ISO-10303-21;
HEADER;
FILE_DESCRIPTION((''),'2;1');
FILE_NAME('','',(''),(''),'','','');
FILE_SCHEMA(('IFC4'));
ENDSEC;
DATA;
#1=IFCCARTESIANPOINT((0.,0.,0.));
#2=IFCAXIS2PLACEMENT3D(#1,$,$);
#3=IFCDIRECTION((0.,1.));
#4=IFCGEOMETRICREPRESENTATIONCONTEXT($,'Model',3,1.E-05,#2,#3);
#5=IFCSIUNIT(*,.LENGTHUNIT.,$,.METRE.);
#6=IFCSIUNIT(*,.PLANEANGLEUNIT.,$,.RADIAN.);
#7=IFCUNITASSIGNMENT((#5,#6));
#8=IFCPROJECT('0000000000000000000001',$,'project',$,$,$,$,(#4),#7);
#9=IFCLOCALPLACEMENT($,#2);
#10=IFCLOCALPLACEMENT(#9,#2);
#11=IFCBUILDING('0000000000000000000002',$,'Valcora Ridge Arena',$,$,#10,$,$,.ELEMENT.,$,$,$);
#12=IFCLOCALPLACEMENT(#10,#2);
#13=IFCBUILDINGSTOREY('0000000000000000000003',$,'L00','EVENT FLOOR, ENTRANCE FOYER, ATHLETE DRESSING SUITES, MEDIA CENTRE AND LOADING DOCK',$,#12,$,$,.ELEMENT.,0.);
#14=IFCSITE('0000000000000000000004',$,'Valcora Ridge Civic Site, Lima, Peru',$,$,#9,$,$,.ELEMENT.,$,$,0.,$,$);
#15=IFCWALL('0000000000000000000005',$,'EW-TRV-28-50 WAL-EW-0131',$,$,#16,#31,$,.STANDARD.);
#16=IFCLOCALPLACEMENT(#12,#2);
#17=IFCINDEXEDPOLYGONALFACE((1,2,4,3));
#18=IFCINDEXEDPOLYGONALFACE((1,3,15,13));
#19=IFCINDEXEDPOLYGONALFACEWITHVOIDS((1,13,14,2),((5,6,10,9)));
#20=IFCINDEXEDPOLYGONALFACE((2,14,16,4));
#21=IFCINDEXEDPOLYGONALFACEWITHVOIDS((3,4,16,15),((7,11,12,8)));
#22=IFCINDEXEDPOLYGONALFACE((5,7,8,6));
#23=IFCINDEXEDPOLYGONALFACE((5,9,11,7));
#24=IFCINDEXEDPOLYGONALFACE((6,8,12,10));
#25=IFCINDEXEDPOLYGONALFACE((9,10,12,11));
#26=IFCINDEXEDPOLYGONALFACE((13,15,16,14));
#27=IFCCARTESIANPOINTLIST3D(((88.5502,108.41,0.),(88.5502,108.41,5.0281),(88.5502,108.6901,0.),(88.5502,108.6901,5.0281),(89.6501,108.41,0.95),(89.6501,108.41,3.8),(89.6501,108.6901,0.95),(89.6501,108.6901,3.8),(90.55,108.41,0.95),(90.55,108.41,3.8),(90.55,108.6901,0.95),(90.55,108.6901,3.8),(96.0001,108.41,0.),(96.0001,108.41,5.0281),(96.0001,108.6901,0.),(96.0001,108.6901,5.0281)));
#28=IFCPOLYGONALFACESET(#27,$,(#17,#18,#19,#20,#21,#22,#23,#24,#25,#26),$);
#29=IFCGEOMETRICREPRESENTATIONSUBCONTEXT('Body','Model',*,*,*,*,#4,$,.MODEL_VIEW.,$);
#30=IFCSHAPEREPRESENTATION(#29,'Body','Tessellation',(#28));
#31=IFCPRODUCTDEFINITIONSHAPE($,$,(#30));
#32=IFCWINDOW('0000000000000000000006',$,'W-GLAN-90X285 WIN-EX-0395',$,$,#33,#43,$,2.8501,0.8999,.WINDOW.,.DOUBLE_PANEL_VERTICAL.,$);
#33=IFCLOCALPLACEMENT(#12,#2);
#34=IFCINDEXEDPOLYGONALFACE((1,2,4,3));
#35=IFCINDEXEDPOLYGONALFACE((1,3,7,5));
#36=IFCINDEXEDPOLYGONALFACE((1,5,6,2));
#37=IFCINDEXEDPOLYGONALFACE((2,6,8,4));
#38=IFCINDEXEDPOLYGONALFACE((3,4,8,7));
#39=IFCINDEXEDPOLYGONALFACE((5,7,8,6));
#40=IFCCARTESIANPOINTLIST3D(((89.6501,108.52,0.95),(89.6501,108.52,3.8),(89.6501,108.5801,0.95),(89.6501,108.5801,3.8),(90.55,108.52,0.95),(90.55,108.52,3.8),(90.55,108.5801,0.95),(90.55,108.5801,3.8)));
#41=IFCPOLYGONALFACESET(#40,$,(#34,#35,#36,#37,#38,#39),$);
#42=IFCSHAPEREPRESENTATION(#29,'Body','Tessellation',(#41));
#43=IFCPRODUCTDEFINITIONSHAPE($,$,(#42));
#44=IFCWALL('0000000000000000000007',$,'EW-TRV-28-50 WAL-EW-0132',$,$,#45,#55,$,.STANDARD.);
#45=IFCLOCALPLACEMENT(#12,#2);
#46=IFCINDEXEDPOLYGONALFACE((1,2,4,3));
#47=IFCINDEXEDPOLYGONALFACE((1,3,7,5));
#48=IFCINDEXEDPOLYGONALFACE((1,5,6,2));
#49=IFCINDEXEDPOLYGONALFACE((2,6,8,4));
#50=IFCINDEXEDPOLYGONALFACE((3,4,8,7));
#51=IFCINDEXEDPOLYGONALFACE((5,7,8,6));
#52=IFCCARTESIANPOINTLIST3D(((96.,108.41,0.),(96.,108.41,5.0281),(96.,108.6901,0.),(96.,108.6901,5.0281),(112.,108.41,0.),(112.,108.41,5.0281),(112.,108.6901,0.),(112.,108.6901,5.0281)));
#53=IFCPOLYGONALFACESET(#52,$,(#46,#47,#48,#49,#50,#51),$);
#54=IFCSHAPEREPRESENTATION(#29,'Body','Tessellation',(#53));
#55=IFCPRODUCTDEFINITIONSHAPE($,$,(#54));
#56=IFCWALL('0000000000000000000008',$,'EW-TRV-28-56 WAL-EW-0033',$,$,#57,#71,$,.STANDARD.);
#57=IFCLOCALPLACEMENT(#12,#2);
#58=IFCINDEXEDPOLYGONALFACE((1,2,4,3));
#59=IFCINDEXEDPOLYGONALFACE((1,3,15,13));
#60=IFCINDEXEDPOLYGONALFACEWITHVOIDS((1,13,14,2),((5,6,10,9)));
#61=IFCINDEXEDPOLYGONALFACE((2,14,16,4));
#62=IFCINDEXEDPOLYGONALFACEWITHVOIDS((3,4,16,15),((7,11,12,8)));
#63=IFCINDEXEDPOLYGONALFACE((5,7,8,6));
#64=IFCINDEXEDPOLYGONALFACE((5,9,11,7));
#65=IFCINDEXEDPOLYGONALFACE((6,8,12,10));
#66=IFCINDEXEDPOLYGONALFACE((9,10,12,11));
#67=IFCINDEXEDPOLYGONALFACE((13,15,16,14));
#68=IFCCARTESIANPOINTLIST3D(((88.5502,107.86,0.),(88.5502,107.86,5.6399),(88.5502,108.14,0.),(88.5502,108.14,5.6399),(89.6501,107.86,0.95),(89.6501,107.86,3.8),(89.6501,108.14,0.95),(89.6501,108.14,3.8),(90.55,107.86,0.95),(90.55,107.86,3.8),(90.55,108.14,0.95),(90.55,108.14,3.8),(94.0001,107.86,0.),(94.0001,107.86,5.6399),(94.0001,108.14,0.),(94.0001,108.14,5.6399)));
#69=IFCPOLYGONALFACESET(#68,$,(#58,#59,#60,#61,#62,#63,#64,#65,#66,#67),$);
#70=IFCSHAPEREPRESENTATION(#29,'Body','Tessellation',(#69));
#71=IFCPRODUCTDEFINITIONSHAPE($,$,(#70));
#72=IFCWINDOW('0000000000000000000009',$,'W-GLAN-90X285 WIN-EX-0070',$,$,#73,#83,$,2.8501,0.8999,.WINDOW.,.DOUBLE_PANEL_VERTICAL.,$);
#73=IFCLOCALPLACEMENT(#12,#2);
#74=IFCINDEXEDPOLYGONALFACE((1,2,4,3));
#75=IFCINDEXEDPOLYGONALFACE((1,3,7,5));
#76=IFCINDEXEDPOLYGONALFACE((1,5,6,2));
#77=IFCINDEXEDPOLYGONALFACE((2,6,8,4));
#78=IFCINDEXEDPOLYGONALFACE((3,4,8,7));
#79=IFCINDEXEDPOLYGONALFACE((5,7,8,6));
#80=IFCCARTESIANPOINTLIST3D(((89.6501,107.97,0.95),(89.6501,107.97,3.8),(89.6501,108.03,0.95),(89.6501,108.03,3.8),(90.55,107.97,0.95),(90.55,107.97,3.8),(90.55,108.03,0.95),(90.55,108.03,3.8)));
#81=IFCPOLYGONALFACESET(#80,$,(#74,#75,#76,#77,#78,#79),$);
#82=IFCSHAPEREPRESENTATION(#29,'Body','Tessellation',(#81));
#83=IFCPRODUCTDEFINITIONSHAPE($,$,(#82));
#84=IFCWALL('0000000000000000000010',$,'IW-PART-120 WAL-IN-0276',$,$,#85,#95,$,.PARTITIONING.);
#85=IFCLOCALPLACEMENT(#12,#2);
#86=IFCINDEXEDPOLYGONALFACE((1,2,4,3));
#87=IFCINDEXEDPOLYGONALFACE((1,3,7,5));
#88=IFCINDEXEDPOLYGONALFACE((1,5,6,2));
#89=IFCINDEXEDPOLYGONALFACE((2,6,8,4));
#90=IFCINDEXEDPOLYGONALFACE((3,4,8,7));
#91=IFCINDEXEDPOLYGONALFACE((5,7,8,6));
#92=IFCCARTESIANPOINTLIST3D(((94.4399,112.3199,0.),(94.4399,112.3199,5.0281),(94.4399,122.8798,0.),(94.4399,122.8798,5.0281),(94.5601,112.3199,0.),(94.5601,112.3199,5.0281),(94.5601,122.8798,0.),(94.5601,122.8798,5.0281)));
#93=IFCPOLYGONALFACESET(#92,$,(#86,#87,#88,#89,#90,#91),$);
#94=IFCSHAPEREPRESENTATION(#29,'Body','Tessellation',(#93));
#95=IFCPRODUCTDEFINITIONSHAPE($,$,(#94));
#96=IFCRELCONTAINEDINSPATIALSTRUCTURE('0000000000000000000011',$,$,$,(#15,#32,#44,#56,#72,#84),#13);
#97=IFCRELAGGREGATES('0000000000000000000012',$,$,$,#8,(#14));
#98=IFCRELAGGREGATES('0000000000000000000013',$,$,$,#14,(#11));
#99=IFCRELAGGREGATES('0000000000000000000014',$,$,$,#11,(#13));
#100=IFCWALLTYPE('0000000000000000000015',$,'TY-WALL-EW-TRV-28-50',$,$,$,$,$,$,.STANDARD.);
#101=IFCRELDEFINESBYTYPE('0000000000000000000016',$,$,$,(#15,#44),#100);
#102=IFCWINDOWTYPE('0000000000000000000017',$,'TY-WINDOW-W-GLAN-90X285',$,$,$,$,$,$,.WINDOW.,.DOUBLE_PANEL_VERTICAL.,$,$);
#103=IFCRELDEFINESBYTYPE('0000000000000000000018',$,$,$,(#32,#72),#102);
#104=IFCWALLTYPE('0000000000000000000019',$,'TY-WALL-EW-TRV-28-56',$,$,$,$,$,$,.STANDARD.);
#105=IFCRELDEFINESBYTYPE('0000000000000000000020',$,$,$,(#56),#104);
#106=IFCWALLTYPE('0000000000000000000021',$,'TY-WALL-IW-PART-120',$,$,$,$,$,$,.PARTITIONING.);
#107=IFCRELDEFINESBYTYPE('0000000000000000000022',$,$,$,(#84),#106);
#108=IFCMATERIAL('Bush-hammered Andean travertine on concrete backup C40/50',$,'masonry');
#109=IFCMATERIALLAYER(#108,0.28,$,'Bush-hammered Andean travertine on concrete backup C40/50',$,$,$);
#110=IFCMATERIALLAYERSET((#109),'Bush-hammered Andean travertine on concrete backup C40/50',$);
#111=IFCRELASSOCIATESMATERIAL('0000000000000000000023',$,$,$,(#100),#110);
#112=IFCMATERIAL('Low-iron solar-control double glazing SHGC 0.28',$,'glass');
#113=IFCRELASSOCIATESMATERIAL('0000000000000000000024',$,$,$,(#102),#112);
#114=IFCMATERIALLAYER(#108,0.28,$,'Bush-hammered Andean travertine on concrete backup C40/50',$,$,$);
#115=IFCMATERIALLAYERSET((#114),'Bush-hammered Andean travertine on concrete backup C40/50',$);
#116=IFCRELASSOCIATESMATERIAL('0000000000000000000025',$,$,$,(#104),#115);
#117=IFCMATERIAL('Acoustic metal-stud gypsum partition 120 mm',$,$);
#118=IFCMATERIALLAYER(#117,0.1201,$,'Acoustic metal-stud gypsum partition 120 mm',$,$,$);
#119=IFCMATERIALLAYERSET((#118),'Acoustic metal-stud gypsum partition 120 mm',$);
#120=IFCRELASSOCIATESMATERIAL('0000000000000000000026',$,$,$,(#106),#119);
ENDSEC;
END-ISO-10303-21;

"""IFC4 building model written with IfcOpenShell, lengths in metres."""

from ifc_helpers import new_model, si_unit, direction, frame, frame_2d, origin, place, context, subcontext, project, spatial, rectangle, extrude, material, layer, layer_set, type_object, element, fill, save


model = new_model("IFC4")

# Units and contexts
model_context = context("Model", 3, precision=1e-05, world=origin(), true_north=direction((0.0, 1.0)))
body_context = subcontext(model_context, "Body", "Model", "MODEL_VIEW")
ifc_project = project(units=[si_unit("LENGTHUNIT", "METRE"), si_unit("PLANEANGLEUNIT", "RADIAN")], contexts=[model_context])

# Site, building, storey
site_placement = place(None, origin())
site = spatial("IfcSite", under=ifc_project, at=site_placement, Name="Valcora Ridge Civic Site, Lima, Peru", CompositionType="ELEMENT", RefElevation=0.0)
building_placement = place(site_placement, origin())
building = spatial("IfcBuilding", under=site, at=building_placement, Name="Valcora Ridge Arena", CompositionType="ELEMENT")
storey_placement = place(building_placement, origin())
storey = spatial("IfcBuildingStorey", under=building, at=storey_placement, Name="L00", Description="EVENT FLOOR, ENTRANCE FOYER, ATHLETE DRESSING SUITES, MEDIA CENTRE AND LOADING DOCK", CompositionType="ELEMENT", Elevation=0.0)

# Shared definitions
ifc_material_1 = material(Name="Low-iron solar-control double glazing SHGC 0.28", Category="glass")

# Wall, opening, window
ifc_material_2 = material(Name="Bush-hammered Andean travertine on concrete backup C40/50", Category="masonry")
ifc_layer_1 = layer(ifc_material_2, 0.28, Name="Bush-hammered Andean travertine on concrete backup C40/50")
ifc_layer_set_1 = layer_set([ifc_layer_1], Name="Bush-hammered Andean travertine on concrete backup C40/50")
wall_type_1 = type_object("IfcWallType", Name="TY-WALL-EW-TRV-28-50", PredefinedType="STANDARD", material=ifc_layer_set_1)
wall_1_placement = place(storey_placement, frame((88.55, 108.55, 0.0), z_axis=(0.0, 0.0, 1.0), x_axis=(1.0, 0.0, 0.0)))
wall_1 = element("IfcWall", 1, at=wall_1_placement, inside=storey, type_object=wall_type_1, Name="EW-TRV-28-50 WAL-EW-0131", PredefinedType="STANDARD", context=body_context, shape_type="SweptSolid", body=[
    extrude(rectangle(XDim=7.45, YDim=0.28, at=frame_2d((3.7251, 0.0))), origin(), (0.0, 0.0, 1.0), 5.0281),
])
opening_1_placement = place(wall_1_placement, frame((1.1001, 0.0, 0.95)))
opening_1 = element("IfcOpeningElement", 2, at=opening_1_placement, cuts=wall_1, PredefinedType="OPENING", context=body_context, shape_type="SweptSolid", body=[
    extrude(rectangle(XDim=0.8999, YDim=2.8501, at=frame_2d((0.45, 1.425))), frame((0.0, 0.1499, 0.0), z_axis=(0.0, -1.0, 0.0), x_axis=(1.0, 0.0, 0.0)), (0.0, 0.0, 1.0), 0.3),
])
window_type = type_object("IfcWindowType", Name="TY-WINDOW-W-GLAN-90X285", PartitioningType="DOUBLE_PANEL_VERTICAL", PredefinedType="WINDOW", material=ifc_material_1)
window_1_placement = place(opening_1_placement, origin())
window_1 = element("IfcWindow", 3, at=window_1_placement, inside=storey, type_object=window_type, Name="W-GLAN-90X285 WIN-EX-0395", OverallHeight=2.8501, OverallWidth=0.8999, PartitioningType="DOUBLE_PANEL_VERTICAL", PredefinedType="WINDOW", context=body_context, shape_type="SweptSolid", body=[
    extrude(rectangle(XDim=0.8999, YDim=2.8501, at=frame_2d((0.45, 1.425))), frame((0.0, 0.03, 0.0), z_axis=(0.0, -1.0, 0.0), x_axis=(1.0, 0.0, 0.0)), (0.0, 0.0, 1.0), 0.0601),
])
fill(opening_1, window_1)

# Wall
wall_2_placement = place(storey_placement, frame((96.0, 108.55, 0.0), z_axis=(0.0, 0.0, 1.0), x_axis=(1.0, 0.0, 0.0)))
element("IfcWall", 4, at=wall_2_placement, inside=storey, type_object=wall_type_1, Name="EW-TRV-28-50 WAL-EW-0132", PredefinedType="STANDARD", context=body_context, shape_type="SweptSolid", body=[
    extrude(rectangle(XDim=16.0, YDim=0.28, at=frame_2d((8.0, 0.0))), origin(), (0.0, 0.0, 1.0), 5.0281),
])

# Wall, opening, window
ifc_layer_2 = layer(ifc_material_2, 0.28, Name="Bush-hammered Andean travertine on concrete backup C40/50")
ifc_layer_set_2 = layer_set([ifc_layer_2], Name="Bush-hammered Andean travertine on concrete backup C40/50")
wall_type_2 = type_object("IfcWallType", Name="TY-WALL-EW-TRV-28-56", PredefinedType="STANDARD", material=ifc_layer_set_2)
wall_3_placement = place(storey_placement, frame((88.55, 108.0, 0.0), z_axis=(0.0, 0.0, 1.0), x_axis=(1.0, 0.0, 0.0)))
wall_3 = element("IfcWall", 5, at=wall_3_placement, inside=storey, type_object=wall_type_2, Name="EW-TRV-28-56 WAL-EW-0033", PredefinedType="STANDARD", context=body_context, shape_type="SweptSolid", body=[
    extrude(rectangle(XDim=5.45, YDim=0.28, at=frame_2d((2.7251, 0.0))), origin(), (0.0, 0.0, 1.0), 5.6399),
])
opening_2_placement = place(wall_3_placement, frame((1.1001, 0.0, 0.95)))
opening_2 = element("IfcOpeningElement", 6, at=opening_2_placement, cuts=wall_3, PredefinedType="OPENING", context=body_context, shape_type="SweptSolid", body=[
    extrude(rectangle(XDim=0.8999, YDim=2.8501, at=frame_2d((0.45, 1.425))), frame((0.0, 0.1499, 0.0), z_axis=(0.0, -1.0, 0.0), x_axis=(1.0, 0.0, 0.0)), (0.0, 0.0, 1.0), 0.3),
])
window_2_placement = place(opening_2_placement, origin())
window_2 = element("IfcWindow", 7, at=window_2_placement, inside=storey, type_object=window_type, Name="W-GLAN-90X285 WIN-EX-0070", OverallHeight=2.8501, OverallWidth=0.8999, PartitioningType="DOUBLE_PANEL_VERTICAL", PredefinedType="WINDOW", context=body_context, shape_type="SweptSolid", body=[
    extrude(rectangle(XDim=0.8999, YDim=2.8501, at=frame_2d((0.45, 1.425))), frame((0.0, 0.03, 0.0), z_axis=(0.0, -1.0, 0.0), x_axis=(1.0, 0.0, 0.0)), (0.0, 0.0, 1.0), 0.0601),
])
fill(opening_2, window_2)

# Wall
ifc_material_3 = material(Name="Acoustic metal-stud gypsum partition 120 mm")
ifc_layer_3 = layer(ifc_material_3, 0.1201, Name="Acoustic metal-stud gypsum partition 120 mm")
ifc_layer_set_3 = layer_set([ifc_layer_3], Name="Acoustic metal-stud gypsum partition 120 mm")
wall_type_3 = type_object("IfcWallType", Name="TY-WALL-IW-PART-120", PredefinedType="PARTITIONING", material=ifc_layer_set_3)
wall_4_placement = place(storey_placement, frame((94.5, 112.3201, 0.0), z_axis=(0.0, 0.0, 1.0), x_axis=(0.0, 1.0, 0.0)))
element("IfcWall", 8, at=wall_4_placement, inside=storey, type_object=wall_type_3, Name="IW-PART-120 WAL-IN-0276", PredefinedType="PARTITIONING", context=body_context, shape_type="SweptSolid", body=[
    extrude(rectangle(XDim=10.5598, YDim=0.1201, at=frame_2d((5.2798, 0.0))), origin(), (0.0, 0.0, 1.0), 5.0281),
])

save(model, "model.ifc")
